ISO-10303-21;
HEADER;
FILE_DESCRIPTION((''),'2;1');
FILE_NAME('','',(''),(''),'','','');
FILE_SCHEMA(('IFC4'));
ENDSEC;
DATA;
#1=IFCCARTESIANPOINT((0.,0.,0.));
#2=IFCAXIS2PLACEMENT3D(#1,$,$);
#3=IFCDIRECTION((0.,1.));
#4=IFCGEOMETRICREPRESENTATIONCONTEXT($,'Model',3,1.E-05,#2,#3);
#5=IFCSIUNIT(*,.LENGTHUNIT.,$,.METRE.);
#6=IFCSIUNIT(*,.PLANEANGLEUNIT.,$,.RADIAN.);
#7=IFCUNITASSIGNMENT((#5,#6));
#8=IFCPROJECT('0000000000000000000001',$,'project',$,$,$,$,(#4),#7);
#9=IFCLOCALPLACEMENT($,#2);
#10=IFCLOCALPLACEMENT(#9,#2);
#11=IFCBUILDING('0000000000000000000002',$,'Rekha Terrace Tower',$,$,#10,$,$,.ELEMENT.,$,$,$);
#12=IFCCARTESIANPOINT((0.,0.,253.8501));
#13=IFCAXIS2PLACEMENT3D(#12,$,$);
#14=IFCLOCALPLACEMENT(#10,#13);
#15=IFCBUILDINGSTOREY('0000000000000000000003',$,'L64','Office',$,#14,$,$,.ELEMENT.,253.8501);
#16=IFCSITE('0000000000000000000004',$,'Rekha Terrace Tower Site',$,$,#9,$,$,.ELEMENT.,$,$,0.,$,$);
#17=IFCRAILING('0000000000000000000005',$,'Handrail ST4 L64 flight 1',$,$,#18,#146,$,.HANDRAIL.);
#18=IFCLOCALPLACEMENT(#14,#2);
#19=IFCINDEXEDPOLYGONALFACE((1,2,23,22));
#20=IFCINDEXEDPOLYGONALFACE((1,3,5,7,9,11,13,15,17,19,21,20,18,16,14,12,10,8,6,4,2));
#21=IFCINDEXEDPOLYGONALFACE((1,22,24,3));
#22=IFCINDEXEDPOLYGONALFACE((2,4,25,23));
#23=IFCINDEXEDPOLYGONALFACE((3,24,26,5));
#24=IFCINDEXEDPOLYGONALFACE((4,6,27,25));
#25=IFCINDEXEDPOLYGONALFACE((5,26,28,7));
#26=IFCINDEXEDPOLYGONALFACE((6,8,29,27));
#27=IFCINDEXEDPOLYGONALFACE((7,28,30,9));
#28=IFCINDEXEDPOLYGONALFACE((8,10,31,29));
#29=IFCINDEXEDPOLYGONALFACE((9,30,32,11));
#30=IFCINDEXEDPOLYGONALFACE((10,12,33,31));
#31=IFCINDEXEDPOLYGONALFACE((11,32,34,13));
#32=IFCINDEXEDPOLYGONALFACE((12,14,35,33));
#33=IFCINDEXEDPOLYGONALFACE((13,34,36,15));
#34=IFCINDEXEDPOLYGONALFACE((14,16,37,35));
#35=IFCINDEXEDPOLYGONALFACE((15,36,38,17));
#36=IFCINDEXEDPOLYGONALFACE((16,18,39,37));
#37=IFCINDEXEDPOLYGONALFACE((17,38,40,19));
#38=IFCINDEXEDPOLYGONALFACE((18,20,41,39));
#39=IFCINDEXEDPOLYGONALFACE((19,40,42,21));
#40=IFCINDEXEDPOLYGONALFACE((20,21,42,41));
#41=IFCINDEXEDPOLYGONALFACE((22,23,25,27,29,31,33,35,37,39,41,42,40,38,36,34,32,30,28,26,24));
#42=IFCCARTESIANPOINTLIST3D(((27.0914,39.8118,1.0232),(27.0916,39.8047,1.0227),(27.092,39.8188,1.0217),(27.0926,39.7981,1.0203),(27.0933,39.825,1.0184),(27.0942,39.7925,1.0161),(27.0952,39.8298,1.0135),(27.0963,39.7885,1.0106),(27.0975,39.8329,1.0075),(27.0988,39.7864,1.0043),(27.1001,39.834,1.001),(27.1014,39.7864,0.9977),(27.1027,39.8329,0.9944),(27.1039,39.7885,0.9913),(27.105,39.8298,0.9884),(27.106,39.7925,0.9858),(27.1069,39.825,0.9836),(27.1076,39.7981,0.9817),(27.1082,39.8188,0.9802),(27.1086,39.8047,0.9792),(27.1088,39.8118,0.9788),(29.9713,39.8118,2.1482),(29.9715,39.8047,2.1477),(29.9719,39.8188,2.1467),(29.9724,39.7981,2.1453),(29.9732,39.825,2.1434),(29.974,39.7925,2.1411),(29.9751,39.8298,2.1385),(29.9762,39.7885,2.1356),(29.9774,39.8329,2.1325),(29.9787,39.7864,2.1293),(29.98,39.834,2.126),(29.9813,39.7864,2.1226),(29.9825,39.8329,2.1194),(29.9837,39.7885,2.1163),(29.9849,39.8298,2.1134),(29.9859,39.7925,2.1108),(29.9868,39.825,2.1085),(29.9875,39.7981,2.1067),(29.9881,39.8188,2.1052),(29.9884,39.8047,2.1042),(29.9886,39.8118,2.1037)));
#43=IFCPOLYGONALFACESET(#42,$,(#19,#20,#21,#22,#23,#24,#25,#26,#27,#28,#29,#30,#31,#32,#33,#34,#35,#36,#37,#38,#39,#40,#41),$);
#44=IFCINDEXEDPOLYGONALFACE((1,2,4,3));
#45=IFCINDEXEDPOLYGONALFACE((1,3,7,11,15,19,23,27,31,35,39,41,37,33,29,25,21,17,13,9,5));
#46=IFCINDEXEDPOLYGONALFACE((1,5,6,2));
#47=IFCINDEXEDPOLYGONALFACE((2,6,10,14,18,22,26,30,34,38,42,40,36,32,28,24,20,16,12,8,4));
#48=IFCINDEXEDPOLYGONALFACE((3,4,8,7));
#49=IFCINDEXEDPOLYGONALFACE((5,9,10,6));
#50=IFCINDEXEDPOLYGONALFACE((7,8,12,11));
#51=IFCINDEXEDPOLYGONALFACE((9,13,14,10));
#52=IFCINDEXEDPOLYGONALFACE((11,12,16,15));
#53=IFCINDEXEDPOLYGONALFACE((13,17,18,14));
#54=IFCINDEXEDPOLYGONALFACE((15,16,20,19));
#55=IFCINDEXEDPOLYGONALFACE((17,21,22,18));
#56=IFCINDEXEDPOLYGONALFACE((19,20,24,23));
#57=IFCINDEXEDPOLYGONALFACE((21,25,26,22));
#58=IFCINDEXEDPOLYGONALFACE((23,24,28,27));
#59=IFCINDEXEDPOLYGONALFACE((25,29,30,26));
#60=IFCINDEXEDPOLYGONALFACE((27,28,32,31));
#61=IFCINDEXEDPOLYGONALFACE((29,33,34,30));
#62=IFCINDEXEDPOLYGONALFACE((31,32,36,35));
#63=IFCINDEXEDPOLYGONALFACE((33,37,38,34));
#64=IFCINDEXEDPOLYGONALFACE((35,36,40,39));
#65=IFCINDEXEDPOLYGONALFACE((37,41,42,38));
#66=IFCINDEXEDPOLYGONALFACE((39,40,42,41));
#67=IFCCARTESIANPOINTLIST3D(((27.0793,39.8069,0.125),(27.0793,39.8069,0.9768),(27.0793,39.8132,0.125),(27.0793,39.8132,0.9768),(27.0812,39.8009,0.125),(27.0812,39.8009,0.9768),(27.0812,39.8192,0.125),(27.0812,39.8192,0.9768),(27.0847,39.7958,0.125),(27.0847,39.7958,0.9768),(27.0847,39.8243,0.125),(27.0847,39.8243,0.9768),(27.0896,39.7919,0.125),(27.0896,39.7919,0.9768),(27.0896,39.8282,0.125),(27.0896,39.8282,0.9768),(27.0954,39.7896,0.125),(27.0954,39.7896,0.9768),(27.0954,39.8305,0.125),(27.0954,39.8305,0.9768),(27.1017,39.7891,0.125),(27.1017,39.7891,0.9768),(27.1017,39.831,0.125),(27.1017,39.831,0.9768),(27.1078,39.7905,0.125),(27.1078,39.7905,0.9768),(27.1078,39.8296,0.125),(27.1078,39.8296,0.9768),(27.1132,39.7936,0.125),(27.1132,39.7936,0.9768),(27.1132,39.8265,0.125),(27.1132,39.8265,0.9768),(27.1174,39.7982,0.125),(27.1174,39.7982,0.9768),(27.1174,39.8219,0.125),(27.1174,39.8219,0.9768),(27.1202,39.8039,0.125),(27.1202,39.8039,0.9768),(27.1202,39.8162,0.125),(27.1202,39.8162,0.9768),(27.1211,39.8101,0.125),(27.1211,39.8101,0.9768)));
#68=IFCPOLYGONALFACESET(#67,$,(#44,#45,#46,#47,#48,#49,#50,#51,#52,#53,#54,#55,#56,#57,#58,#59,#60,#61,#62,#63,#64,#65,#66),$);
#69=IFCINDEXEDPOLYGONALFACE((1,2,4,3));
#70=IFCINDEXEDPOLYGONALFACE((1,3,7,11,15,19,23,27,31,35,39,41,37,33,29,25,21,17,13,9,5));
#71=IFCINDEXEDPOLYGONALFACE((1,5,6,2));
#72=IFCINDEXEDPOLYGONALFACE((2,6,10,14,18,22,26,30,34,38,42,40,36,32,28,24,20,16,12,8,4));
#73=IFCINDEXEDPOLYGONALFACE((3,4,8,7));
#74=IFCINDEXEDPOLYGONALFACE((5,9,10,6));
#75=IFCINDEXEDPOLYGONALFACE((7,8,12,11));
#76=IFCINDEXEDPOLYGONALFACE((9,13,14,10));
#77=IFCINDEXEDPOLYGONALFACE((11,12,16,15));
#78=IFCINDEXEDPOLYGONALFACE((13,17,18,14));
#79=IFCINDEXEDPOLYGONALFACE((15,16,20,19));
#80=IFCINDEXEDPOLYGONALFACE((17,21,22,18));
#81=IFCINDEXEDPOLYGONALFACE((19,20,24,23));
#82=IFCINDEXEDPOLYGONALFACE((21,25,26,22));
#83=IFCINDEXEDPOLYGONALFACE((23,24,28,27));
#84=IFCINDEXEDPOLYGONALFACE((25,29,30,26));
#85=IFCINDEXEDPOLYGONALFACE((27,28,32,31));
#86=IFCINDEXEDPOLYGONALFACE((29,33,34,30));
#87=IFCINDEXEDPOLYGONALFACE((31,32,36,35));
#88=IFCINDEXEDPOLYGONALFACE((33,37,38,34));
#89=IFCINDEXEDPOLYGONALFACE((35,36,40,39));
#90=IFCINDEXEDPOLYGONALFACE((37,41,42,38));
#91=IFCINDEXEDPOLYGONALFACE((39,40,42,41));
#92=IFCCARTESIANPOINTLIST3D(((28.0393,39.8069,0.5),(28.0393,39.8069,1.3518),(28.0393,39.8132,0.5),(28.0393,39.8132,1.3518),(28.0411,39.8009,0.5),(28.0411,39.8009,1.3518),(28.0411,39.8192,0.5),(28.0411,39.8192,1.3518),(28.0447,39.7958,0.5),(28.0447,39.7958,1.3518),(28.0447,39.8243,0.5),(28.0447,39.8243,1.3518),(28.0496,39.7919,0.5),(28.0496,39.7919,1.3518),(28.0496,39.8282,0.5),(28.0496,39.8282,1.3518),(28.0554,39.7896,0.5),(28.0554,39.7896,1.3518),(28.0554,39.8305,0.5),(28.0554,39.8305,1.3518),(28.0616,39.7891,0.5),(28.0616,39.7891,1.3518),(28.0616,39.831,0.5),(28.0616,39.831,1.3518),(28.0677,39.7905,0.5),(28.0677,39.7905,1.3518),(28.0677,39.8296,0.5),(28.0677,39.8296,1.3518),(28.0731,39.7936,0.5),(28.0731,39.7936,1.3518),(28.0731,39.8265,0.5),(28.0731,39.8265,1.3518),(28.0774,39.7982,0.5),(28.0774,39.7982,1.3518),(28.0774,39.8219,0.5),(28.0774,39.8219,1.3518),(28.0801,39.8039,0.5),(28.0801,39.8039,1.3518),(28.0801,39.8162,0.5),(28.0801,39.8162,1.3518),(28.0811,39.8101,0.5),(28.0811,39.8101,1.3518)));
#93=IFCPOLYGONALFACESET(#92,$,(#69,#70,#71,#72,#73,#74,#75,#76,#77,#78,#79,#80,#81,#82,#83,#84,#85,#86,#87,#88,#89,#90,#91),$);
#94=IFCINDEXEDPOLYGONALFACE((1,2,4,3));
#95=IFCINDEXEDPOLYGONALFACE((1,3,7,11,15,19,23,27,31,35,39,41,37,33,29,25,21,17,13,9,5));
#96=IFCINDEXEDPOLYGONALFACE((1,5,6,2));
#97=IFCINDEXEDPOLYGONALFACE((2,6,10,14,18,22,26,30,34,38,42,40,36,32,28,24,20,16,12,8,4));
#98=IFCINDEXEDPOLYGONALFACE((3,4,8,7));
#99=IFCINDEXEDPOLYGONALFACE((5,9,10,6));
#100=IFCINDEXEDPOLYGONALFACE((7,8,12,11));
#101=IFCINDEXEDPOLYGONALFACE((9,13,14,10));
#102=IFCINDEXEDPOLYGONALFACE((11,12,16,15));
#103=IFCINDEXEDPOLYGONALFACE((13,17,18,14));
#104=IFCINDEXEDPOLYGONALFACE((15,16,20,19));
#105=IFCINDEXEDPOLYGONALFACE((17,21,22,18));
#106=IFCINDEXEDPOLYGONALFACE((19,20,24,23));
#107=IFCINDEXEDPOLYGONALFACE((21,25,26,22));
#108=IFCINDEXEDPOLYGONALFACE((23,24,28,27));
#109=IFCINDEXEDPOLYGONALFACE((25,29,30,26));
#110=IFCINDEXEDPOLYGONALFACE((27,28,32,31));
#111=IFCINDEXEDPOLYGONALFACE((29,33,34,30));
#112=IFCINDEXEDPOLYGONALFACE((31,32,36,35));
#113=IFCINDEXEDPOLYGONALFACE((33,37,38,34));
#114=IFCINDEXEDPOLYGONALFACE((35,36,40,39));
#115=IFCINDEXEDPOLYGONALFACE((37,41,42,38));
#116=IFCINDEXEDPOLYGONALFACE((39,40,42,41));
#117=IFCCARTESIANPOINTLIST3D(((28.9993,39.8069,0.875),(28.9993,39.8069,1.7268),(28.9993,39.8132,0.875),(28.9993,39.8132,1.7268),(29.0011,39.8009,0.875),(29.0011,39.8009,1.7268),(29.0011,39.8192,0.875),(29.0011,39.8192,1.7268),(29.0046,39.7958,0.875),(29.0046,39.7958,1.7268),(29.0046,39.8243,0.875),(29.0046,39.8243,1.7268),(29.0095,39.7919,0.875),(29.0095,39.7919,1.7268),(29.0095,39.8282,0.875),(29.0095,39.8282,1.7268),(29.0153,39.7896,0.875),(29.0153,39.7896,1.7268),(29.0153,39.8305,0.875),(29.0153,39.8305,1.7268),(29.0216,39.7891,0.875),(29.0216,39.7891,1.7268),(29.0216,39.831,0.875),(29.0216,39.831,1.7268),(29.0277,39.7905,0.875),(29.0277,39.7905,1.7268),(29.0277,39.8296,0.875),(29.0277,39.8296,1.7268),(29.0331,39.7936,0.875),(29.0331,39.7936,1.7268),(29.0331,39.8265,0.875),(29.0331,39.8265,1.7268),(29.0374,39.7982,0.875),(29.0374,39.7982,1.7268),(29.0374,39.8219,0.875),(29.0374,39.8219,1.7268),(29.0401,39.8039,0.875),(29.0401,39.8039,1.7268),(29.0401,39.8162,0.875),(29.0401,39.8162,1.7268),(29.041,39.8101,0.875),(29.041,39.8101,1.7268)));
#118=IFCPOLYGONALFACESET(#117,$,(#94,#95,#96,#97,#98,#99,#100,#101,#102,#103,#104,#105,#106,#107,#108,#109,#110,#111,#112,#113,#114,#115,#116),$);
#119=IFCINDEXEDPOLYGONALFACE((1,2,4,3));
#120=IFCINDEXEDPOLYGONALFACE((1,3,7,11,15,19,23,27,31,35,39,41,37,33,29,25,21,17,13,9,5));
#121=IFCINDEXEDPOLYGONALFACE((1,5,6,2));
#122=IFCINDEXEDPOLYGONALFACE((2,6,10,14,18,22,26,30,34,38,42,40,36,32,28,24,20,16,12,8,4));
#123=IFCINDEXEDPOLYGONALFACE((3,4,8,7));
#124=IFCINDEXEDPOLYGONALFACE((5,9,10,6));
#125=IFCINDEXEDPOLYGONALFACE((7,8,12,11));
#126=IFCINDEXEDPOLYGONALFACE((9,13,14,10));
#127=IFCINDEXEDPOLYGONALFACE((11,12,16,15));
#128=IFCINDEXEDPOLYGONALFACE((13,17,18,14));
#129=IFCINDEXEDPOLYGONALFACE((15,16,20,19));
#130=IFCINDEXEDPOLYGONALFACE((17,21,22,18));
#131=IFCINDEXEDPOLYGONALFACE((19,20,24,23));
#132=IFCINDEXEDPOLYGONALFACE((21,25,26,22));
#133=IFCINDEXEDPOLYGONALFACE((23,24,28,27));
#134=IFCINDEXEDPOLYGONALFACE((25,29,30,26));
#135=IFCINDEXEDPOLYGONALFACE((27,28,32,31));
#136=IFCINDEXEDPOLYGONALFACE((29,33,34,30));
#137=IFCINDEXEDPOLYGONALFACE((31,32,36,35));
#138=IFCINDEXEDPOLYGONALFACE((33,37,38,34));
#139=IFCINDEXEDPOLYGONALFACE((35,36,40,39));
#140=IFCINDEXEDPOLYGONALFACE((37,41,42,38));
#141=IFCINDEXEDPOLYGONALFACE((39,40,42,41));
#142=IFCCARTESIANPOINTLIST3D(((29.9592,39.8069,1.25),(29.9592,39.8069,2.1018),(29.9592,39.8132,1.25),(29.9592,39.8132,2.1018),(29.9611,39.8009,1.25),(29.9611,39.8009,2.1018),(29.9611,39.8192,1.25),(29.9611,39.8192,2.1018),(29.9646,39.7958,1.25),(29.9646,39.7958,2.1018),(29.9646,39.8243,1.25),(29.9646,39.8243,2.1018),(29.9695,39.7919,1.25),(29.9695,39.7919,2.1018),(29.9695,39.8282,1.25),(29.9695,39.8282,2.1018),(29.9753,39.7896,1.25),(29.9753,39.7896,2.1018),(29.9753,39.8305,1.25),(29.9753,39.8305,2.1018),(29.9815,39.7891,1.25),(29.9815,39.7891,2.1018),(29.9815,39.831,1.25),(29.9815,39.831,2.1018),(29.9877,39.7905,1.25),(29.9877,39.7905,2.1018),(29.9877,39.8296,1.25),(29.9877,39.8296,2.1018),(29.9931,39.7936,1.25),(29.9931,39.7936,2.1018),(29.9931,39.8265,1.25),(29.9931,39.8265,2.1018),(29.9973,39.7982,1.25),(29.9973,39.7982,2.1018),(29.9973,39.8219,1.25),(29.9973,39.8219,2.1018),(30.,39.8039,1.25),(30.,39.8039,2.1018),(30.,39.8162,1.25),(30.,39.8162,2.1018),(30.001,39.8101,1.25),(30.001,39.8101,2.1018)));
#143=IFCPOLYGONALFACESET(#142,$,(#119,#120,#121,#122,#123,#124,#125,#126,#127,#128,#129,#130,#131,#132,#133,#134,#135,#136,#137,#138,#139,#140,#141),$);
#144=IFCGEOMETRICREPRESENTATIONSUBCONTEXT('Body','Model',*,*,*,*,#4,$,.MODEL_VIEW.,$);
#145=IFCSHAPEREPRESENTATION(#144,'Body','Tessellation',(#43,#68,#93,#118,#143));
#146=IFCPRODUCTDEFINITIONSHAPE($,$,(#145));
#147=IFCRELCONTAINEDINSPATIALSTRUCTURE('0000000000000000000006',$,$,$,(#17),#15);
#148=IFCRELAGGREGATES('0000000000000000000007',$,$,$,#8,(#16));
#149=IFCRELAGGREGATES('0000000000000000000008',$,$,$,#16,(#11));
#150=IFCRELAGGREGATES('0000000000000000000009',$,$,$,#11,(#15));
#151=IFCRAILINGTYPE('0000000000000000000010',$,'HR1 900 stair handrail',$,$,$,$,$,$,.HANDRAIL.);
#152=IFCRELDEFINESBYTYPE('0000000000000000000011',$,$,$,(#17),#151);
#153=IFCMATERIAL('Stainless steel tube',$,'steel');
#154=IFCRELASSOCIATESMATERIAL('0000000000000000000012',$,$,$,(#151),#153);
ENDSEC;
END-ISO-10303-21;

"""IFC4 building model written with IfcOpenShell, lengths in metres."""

from ifc_helpers import new_model, si_unit, direction, frame, origin, origin_2d, place, context, subcontext, project, spatial, circle, extrude, material, type_object, element, save


model = new_model("IFC4")

# Units and contexts
model_context = context("Model", 3, precision=1e-05, world=origin(), true_north=direction((0.0, 1.0)))
body_context = subcontext(model_context, "Body", "Model", "MODEL_VIEW")
ifc_project = project(units=[si_unit("LENGTHUNIT", "METRE"), si_unit("PLANEANGLEUNIT", "RADIAN")], contexts=[model_context])

# Site, building, storey
site_placement = place(None, origin())
site = spatial("IfcSite", under=ifc_project, at=site_placement, Name="Rekha Terrace Tower Site", CompositionType="ELEMENT", RefElevation=0.0)
building_placement = place(site_placement, origin())
building = spatial("IfcBuilding", under=site, at=building_placement, Name="Rekha Terrace Tower", CompositionType="ELEMENT")
storey_placement = place(building_placement, frame((0.0, 0.0, 253.8501)))
storey = spatial("IfcBuildingStorey", under=building, at=storey_placement, Name="L64", Description="Office", CompositionType="ELEMENT", Elevation=253.8501)

# Railing
ifc_material_1 = material(Name="Stainless steel tube", Category="steel")
railing_type_1 = type_object("IfcRailingType", Name="HR1 900 stair handrail", PredefinedType="HANDRAIL", material=ifc_material_1)
railing_1_placement = place(storey_placement, frame((27.1001, 39.8101, 0.125)))
element("IfcRailing", 1, at=railing_1_placement, inside=storey, type_object=railing_type_1, Name="Handrail ST4 L64 flight 1", PredefinedType="HANDRAIL", context=body_context, shape_type="SweptSolid", body=[
    extrude(circle(Radius=0.0239, at=origin_2d()), frame((0.0, 0.0, 0.876), z_axis=(0.931452, 0.0, 0.363863), x_axis=(0.0, 1.0, 0.0)), (0.0, 0.0, 1.0), 3.0918),
    extrude(circle(Radius=0.021, at=origin_2d()), origin(), (0.0, 0.0, 1.0), 0.8518),
    extrude(circle(Radius=0.021, at=origin_2d()), frame((0.96, 0.0, 0.375)), (0.0, 0.0, 1.0), 0.8518),
    extrude(circle(Radius=0.021, at=origin_2d()), frame((1.9199, 0.0, 0.75)), (0.0, 0.0, 1.0), 0.8518),
    extrude(circle(Radius=0.021, at=origin_2d()), frame((2.8799, 0.0, 1.125)), (0.0, 0.0, 1.0), 0.8518),
])

save(model, "model.ifc")
